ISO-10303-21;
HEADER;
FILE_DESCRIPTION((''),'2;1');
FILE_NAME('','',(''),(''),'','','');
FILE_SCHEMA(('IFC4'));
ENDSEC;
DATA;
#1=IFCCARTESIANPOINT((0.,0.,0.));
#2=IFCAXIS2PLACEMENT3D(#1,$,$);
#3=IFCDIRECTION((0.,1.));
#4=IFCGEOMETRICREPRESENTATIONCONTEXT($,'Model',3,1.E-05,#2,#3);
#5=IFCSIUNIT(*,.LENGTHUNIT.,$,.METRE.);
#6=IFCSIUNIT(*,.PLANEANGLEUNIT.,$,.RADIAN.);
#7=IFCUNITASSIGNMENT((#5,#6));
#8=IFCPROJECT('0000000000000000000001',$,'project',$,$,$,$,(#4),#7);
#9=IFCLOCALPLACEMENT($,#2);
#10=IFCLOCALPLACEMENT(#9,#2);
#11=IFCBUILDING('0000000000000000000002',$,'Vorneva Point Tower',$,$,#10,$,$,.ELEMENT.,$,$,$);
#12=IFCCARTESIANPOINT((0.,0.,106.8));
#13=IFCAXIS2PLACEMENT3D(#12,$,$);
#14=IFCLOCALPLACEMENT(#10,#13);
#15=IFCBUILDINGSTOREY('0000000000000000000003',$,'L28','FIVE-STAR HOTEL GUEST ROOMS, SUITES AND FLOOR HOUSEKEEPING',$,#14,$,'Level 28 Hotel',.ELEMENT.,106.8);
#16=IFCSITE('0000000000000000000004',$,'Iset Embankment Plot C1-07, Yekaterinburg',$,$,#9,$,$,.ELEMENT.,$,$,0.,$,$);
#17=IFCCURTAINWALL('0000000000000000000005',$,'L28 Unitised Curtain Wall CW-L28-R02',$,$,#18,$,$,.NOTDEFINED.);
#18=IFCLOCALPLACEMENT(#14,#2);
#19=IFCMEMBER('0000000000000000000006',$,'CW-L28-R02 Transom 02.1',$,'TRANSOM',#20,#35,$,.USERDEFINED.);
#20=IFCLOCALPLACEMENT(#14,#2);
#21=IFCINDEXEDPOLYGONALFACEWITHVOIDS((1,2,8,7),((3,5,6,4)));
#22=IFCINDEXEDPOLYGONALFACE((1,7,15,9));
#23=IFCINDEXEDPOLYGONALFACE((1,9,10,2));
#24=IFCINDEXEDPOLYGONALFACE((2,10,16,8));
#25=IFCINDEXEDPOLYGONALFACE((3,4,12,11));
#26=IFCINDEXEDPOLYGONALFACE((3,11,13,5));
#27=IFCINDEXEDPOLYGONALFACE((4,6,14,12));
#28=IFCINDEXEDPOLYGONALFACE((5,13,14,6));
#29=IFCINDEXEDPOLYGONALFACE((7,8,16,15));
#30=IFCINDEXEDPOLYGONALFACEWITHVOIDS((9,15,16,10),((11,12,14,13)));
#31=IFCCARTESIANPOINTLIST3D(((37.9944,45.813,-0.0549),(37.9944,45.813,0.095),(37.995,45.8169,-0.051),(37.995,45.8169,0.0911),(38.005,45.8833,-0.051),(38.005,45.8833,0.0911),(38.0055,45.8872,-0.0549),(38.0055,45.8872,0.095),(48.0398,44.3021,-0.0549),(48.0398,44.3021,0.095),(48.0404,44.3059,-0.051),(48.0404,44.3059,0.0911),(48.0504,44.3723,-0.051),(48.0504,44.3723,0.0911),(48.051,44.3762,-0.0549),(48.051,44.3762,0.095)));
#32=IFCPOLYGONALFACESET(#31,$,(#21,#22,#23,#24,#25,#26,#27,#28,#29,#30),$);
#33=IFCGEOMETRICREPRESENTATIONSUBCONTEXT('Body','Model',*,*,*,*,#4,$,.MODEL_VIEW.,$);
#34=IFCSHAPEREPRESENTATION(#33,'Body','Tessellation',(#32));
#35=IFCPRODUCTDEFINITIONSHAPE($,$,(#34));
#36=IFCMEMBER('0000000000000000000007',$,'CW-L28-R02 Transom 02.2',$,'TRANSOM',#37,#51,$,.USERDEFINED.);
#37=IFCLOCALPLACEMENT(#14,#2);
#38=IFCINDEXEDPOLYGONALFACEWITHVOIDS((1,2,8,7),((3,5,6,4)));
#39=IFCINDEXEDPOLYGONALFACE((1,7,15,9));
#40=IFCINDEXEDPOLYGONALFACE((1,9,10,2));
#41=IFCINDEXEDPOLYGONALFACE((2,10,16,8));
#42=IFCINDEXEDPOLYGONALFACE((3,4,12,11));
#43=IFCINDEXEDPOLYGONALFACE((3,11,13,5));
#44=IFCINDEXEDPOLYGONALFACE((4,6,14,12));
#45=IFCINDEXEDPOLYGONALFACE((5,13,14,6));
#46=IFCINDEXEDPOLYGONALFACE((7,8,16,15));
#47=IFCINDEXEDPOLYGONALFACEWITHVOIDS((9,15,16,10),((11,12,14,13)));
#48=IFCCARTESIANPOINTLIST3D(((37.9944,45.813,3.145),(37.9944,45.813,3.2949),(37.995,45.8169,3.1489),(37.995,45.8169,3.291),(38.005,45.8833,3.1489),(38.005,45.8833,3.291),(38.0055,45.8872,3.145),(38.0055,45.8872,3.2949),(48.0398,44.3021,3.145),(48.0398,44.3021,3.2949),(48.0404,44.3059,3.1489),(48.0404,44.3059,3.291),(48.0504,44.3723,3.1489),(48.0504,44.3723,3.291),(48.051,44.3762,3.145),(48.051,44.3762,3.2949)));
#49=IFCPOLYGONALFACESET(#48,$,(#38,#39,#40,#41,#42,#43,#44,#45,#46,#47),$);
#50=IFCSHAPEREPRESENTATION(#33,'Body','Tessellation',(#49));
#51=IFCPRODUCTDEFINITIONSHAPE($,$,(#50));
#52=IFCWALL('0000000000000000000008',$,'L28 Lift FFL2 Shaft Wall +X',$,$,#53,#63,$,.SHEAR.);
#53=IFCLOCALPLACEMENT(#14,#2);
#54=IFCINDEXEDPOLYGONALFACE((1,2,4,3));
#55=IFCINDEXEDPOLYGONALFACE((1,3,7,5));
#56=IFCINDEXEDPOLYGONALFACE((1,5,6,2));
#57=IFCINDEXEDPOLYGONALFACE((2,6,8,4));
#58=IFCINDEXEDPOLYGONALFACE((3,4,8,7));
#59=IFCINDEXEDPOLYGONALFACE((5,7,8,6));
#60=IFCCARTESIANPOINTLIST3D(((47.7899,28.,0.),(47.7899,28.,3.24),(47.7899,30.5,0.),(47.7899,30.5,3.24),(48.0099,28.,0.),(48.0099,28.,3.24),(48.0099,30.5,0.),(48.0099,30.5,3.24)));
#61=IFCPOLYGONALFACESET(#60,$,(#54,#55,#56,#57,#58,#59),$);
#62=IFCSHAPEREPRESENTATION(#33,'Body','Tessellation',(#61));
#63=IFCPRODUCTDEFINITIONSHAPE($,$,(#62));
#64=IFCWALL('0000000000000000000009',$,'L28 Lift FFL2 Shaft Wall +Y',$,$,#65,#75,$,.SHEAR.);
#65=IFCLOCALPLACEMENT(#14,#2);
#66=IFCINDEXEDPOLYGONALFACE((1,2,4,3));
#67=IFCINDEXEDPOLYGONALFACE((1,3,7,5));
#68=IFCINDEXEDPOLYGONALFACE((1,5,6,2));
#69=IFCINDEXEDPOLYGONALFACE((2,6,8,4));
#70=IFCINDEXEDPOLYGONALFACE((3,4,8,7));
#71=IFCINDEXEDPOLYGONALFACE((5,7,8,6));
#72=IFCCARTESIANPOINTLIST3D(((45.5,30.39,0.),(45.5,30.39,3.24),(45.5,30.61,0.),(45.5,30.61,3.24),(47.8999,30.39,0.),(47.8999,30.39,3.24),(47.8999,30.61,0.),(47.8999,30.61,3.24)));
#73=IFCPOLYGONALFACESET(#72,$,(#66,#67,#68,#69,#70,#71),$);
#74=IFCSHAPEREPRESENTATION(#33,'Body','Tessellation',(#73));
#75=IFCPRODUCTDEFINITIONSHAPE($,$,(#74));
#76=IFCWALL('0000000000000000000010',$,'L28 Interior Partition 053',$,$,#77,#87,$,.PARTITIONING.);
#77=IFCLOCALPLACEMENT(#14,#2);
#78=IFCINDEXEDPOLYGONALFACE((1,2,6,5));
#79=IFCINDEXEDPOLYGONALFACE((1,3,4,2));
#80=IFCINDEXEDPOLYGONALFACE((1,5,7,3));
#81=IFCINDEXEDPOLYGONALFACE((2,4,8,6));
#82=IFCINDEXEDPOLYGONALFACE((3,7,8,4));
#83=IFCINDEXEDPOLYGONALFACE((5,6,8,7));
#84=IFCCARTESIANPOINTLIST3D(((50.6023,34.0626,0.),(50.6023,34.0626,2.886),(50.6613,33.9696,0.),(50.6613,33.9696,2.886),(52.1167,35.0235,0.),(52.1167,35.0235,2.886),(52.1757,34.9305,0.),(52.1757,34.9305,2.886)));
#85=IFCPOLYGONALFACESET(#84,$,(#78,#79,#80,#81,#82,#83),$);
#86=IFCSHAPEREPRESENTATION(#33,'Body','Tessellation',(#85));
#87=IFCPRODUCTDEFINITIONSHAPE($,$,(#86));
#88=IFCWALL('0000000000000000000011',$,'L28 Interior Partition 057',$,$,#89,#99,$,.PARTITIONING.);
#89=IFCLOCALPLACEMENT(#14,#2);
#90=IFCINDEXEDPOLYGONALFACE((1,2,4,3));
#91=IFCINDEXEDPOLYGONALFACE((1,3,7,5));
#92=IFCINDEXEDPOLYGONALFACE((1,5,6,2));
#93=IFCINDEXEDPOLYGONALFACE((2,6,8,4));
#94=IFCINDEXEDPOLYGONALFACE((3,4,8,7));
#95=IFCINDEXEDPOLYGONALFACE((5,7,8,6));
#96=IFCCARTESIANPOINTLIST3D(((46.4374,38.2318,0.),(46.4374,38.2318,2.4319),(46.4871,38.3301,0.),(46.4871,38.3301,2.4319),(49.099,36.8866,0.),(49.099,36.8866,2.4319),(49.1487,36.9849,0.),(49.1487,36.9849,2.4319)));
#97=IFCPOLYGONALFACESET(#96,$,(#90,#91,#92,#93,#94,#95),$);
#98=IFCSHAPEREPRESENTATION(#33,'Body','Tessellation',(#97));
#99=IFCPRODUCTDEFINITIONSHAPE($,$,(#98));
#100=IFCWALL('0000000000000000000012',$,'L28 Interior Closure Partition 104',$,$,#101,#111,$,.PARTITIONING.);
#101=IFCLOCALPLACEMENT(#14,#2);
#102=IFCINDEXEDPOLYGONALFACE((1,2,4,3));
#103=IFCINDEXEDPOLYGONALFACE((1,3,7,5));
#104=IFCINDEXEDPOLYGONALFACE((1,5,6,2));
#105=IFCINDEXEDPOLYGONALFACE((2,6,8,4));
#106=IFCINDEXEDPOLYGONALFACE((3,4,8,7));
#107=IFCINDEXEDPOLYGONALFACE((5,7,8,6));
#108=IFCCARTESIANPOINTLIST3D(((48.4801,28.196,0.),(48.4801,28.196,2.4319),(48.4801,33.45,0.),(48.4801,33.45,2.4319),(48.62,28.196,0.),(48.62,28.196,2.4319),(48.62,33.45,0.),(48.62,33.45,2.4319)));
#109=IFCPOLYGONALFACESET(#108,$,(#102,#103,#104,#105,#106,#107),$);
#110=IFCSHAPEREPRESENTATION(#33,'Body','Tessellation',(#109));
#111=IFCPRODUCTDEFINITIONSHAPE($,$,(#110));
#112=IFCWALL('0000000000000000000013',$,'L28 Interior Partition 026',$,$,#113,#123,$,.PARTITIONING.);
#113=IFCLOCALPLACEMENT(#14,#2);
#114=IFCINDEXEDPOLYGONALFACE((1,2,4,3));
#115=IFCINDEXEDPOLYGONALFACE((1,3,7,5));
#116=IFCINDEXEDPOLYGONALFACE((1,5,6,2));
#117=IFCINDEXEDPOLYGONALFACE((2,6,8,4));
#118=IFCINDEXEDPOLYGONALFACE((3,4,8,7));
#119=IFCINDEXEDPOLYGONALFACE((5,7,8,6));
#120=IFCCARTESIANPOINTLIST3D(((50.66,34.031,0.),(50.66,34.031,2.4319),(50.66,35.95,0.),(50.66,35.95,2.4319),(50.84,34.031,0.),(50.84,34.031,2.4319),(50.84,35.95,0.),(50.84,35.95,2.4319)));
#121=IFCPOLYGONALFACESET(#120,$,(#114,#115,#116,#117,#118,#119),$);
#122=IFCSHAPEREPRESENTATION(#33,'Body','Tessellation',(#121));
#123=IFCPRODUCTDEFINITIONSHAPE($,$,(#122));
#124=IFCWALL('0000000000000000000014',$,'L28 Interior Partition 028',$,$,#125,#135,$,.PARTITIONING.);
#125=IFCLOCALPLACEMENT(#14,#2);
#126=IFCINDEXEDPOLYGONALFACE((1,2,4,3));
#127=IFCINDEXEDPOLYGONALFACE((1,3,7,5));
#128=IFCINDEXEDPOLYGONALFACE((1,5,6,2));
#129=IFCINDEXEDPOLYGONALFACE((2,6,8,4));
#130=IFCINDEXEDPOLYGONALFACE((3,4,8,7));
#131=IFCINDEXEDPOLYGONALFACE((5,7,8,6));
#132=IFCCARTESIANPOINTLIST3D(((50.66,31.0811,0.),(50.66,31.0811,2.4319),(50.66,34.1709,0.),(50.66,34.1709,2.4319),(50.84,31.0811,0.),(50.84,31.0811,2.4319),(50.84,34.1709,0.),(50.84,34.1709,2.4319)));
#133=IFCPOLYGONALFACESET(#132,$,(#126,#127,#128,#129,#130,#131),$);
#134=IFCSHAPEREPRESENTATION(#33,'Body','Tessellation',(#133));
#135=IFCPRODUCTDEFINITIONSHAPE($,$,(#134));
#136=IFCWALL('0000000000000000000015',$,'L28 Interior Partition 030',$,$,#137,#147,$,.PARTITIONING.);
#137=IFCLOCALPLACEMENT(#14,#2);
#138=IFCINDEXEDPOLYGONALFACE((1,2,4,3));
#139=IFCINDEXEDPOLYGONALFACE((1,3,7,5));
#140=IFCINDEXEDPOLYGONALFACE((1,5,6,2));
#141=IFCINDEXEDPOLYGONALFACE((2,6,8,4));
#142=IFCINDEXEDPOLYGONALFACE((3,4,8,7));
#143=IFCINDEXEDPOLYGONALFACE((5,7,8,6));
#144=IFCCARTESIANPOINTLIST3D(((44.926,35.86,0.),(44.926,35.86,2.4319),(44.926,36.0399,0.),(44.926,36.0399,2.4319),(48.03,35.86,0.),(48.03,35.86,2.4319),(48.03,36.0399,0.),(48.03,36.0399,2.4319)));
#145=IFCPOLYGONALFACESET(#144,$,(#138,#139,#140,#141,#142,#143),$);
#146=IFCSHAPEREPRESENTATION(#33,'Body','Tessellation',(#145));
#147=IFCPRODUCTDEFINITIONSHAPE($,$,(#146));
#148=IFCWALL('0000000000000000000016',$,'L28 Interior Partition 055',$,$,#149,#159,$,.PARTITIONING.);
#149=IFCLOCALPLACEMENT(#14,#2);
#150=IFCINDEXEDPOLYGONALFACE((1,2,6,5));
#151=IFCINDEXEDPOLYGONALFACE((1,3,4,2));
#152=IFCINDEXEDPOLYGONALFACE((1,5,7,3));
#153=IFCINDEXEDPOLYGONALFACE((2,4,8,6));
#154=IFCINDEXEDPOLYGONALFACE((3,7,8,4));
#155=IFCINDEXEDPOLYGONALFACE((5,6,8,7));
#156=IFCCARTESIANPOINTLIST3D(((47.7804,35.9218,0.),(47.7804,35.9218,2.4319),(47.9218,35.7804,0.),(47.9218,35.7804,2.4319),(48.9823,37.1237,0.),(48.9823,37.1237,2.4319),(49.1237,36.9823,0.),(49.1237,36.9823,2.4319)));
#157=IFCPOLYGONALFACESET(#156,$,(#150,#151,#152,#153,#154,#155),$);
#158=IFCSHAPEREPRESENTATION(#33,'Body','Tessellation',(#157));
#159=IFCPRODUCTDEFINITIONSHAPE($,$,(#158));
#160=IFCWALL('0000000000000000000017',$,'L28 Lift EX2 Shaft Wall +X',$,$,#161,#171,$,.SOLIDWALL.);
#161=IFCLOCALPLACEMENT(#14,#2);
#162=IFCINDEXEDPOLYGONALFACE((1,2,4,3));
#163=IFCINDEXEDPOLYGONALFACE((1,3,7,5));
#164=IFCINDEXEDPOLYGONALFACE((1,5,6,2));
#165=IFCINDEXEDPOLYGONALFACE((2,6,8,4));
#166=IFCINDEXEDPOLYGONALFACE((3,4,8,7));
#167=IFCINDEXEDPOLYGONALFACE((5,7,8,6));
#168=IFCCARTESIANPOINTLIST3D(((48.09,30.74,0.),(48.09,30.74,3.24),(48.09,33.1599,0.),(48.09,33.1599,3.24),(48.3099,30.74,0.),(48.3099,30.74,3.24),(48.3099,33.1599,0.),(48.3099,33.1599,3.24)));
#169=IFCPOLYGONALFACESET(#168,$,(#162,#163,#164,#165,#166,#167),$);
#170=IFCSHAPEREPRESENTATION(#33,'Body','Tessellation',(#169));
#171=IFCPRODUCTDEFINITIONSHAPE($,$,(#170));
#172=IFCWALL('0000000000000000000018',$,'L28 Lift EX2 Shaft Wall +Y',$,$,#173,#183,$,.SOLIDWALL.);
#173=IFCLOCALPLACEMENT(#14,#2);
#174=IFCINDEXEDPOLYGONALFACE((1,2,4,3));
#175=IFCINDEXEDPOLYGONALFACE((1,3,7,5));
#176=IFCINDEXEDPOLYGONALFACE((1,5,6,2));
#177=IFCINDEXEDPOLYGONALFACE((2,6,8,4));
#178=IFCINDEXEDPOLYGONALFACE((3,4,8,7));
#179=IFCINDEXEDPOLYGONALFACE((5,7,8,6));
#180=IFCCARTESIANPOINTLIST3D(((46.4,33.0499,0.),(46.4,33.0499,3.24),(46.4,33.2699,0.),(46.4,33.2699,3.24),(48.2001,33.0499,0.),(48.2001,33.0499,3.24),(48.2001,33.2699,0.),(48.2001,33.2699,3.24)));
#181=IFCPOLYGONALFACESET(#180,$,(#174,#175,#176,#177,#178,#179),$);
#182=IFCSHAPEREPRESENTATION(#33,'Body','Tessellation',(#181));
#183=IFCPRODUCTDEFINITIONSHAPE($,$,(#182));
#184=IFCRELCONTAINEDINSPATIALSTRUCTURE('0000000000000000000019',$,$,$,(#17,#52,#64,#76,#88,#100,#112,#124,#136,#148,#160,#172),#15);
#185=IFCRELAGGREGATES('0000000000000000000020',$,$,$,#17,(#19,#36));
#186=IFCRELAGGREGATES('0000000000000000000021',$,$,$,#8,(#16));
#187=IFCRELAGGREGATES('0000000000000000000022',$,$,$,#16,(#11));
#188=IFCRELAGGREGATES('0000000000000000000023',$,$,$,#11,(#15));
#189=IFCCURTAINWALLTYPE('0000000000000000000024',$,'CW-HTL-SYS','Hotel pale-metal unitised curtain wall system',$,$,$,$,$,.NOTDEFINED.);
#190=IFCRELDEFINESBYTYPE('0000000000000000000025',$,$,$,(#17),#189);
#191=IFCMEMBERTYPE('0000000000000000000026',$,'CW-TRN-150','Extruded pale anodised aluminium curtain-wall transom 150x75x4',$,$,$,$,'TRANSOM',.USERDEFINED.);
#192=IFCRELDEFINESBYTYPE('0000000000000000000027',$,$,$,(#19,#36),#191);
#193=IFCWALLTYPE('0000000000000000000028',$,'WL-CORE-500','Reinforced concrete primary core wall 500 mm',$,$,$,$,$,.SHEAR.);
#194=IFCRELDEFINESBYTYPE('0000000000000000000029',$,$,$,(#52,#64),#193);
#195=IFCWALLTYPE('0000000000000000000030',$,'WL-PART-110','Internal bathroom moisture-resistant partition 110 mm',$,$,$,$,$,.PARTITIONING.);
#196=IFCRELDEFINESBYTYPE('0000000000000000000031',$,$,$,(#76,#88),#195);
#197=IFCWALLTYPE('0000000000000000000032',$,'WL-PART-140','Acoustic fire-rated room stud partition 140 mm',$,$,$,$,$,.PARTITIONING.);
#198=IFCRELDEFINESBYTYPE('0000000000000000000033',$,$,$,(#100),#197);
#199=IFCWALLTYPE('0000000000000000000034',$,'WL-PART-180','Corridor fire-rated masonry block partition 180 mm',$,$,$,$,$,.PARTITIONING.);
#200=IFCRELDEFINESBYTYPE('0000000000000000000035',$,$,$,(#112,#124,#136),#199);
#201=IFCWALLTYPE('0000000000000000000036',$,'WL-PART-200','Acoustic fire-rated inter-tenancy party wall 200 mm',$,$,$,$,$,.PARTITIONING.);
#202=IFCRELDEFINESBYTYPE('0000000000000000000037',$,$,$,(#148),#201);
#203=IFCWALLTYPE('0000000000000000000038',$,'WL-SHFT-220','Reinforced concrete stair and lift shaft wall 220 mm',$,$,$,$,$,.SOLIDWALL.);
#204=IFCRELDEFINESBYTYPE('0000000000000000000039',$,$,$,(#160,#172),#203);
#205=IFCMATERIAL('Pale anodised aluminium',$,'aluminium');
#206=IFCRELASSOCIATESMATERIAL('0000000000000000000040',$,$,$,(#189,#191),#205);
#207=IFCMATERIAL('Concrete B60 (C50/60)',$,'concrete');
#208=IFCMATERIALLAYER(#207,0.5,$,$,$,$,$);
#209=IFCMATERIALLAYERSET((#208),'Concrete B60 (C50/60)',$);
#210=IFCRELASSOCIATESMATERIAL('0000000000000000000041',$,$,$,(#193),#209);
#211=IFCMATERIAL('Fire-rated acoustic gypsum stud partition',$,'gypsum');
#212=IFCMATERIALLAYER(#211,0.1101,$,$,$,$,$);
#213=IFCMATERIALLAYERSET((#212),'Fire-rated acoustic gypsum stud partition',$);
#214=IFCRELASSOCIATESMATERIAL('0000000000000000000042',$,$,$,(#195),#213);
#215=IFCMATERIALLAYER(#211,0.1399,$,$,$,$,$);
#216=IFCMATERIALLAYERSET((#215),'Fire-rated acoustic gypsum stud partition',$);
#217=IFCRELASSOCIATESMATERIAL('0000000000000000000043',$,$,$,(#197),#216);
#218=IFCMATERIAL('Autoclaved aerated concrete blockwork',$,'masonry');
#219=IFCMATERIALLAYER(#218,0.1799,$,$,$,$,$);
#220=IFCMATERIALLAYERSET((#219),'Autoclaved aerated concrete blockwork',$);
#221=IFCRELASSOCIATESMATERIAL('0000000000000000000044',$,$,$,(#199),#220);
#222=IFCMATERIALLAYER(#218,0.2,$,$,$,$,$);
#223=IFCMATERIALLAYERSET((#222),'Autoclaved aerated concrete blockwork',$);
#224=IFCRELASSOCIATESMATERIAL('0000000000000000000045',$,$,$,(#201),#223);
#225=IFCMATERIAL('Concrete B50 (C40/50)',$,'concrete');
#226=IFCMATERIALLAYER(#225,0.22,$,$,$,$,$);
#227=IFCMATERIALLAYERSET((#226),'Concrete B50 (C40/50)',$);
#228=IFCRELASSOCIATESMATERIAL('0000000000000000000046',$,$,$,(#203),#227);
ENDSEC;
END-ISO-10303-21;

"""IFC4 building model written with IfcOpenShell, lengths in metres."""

from ifc_helpers import new_model, si_unit, direction, frame, frame_2d, origin, origin_2d, place, context, subcontext, project, spatial, rectangle, hollow_rectangle, extrude, material, layer, layer_set, material_profile, profile_set, type_object, element, aggregate, save


model = new_model("IFC4")

# Units and contexts
model_context = context("Model", 3, precision=1e-05, world=origin(), true_north=direction((0.0, 1.0)))
body_context = subcontext(model_context, "Body", "Model", "MODEL_VIEW")
ifc_project = project(units=[si_unit("LENGTHUNIT", "METRE"), si_unit("PLANEANGLEUNIT", "RADIAN")], contexts=[model_context])

# Site, building, storey
site_placement = place(None, origin())
site = spatial("IfcSite", under=ifc_project, at=site_placement, Name="Iset Embankment Plot C1-07, Yekaterinburg", CompositionType="ELEMENT", RefElevation=0.0)
building_placement = place(site_placement, origin())
building = spatial("IfcBuilding", under=site, at=building_placement, Name="Vorneva Point Tower", CompositionType="ELEMENT")
storey_placement = place(building_placement, frame((0.0, 0.0, 106.8)))
storey = spatial("IfcBuildingStorey", under=building, at=storey_placement, Name="L28", Description="FIVE-STAR HOTEL GUEST ROOMS, SUITES AND FLOOR HOUSEKEEPING", LongName="Level 28 Hotel", CompositionType="ELEMENT", Elevation=106.8)

# Shared definitions
ifc_material_1 = material(Name="Concrete B60 (C50/60)", Category="concrete")

# Curtain wall, members
ifc_material_2 = material(Name="Pale anodised aluminium", Category="aluminium")
curtain_wall_type = type_object("IfcCurtainWallType", Name="CW-HTL-SYS", Description="Hotel pale-metal unitised curtain wall system", PredefinedType="NOTDEFINED", material=ifc_material_2)
curtain_wall_placement = place(storey_placement, origin())
curtain_wall = element("IfcCurtainWall", 1, at=curtain_wall_placement, inside=storey, type_object=curtain_wall_type, Name="L28 Unitised Curtain Wall CW-L28-R02", PredefinedType="NOTDEFINED")
ifc_material_profile_1 = material_profile(ifc_material_2, hollow_rectangle(XDim=0.075, YDim=0.1499, WallThickness=0.0039, at=origin_2d()), Name="AL-TRN 150x75x4")
ifc_profile_set_1 = profile_set([ifc_material_profile_1], Name="Pale anodised aluminium")
member_type_1 = type_object("IfcMemberType", Name="CW-TRN-150", Description="Extruded pale anodised aluminium curtain-wall transom 150x75x4", ElementType="TRANSOM", PredefinedType="USERDEFINED", material=ifc_profile_set_1)
member_1_placement = place(storey_placement, frame((48.0454, 44.3391, 0.02), z_axis=(-0.988876, 0.148742, 0.0), x_axis=(-0.148742, -0.988876, 0.0)))
member_1 = element("IfcMember", 2, at=member_1_placement, type_object=member_type_1, Name="CW-L28-R02 Transom 02.1", ObjectType="TRANSOM", PredefinedType="USERDEFINED", context=body_context, shape_type="SweptSolid", body=[
    extrude(hollow_rectangle(XDim=0.075, YDim=0.1499, WallThickness=0.0039, at=origin_2d()), origin(), (0.0, 0.0, 1.0), 10.1584),
])
member_2_placement = place(storey_placement, frame((48.0454, 44.3391, 3.22), z_axis=(-0.988876, 0.148742, 0.0), x_axis=(-0.148742, -0.988876, 0.0)))
member_2 = element("IfcMember", 3, at=member_2_placement, type_object=member_type_1, Name="CW-L28-R02 Transom 02.2", ObjectType="TRANSOM", PredefinedType="USERDEFINED", context=body_context, shape_type="SweptSolid", body=[
    extrude(hollow_rectangle(XDim=0.075, YDim=0.1499, WallThickness=0.0039, at=origin_2d()), origin(), (0.0, 0.0, 1.0), 10.1584),
])
aggregate(curtain_wall, [member_1, member_2])

# Walls
ifc_layer_1 = layer(ifc_material_1, 0.5)
ifc_layer_set_1 = layer_set([ifc_layer_1], Name="Concrete B60 (C50/60)")
wall_type_1 = type_object("IfcWallType", Name="WL-CORE-500", Description="Reinforced concrete primary core wall 500 mm", PredefinedType="SHEAR", material=ifc_layer_set_1)
wall_1_placement = place(storey_placement, frame((47.8999, 28.0, 0.0), z_axis=(0.0, 0.0, 1.0), x_axis=(0.0, 1.0, 0.0)))
element("IfcWall", 4, at=wall_1_placement, inside=storey, type_object=wall_type_1, Name="L28 Lift FFL2 Shaft Wall +X", PredefinedType="SHEAR", context=body_context, shape_type="SweptSolid", body=[
    extrude(rectangle(XDim=2.5, YDim=0.22, at=frame_2d((1.25, 0.0))), origin(), (0.0, 0.0, 1.0), 3.24),
])
wall_2_placement = place(storey_placement, frame((47.8999, 30.5, 0.0), z_axis=(0.0, 0.0, 1.0), x_axis=(-1.0, 0.0, 0.0)))
element("IfcWall", 5, at=wall_2_placement, inside=storey, type_object=wall_type_1, Name="L28 Lift FFL2 Shaft Wall +Y", PredefinedType="SHEAR", context=body_context, shape_type="SweptSolid", body=[
    extrude(rectangle(XDim=2.3999, YDim=0.22, at=frame_2d((1.2, 0.0))), origin(), (0.0, 0.0, 1.0), 3.24),
])
ifc_material_3 = material(Name="Fire-rated acoustic gypsum stud partition", Category="gypsum")
ifc_layer_2 = layer(ifc_material_3, 0.1101)
ifc_layer_set_2 = layer_set([ifc_layer_2], Name="Fire-rated acoustic gypsum stud partition")
wall_type_2 = type_object("IfcWallType", Name="WL-PART-110", Description="Internal bathroom moisture-resistant partition 110 mm", PredefinedType="PARTITIONING", material=ifc_layer_set_2)
wall_3_placement = place(storey_placement, frame((50.6318, 34.0161, 0.0), z_axis=(0.0, 0.0, 1.0), x_axis=(0.844361, 0.535774, 0.0)))
element("IfcWall", 6, at=wall_3_placement, inside=storey, type_object=wall_type_2, Name="L28 Interior Partition 053", PredefinedType="PARTITIONING", context=body_context, shape_type="SweptSolid", body=[
    extrude(rectangle(XDim=1.7935, YDim=0.1101, at=frame_2d((0.8967, 0.0))), origin(), (0.0, 0.0, 1.0), 2.886),
])
wall_4_placement = place(storey_placement, frame((46.4622, 38.281, 0.0), z_axis=(0.0, 0.0, 1.0), x_axis=(0.892487, -0.451073, 0.0)))
element("IfcWall", 7, at=wall_4_placement, inside=storey, type_object=wall_type_2, Name="L28 Interior Partition 057", PredefinedType="PARTITIONING", context=body_context, shape_type="SweptSolid", body=[
    extrude(rectangle(XDim=2.9822, YDim=0.1101, at=frame_2d((1.4912, 0.0))), origin(), (0.0, 0.0, 1.0), 2.4319),
])
ifc_layer_3 = layer(ifc_material_3, 0.1399)
ifc_layer_set_3 = layer_set([ifc_layer_3], Name="Fire-rated acoustic gypsum stud partition")
wall_type_3 = type_object("IfcWallType", Name="WL-PART-140", Description="Acoustic fire-rated room stud partition 140 mm", PredefinedType="PARTITIONING", material=ifc_layer_set_3)
wall_5_placement = place(storey_placement, frame((48.55, 33.45, 0.0), z_axis=(0.0, 0.0, 1.0), x_axis=(0.0, -1.0, 0.0)))
element("IfcWall", 8, at=wall_5_placement, inside=storey, type_object=wall_type_3, Name="L28 Interior Closure Partition 104", PredefinedType="PARTITIONING", context=body_context, shape_type="SweptSolid", body=[
    extrude(rectangle(XDim=5.2539, YDim=0.1399, at=frame_2d((2.627, 0.0))), origin(), (0.0, 0.0, 1.0), 2.4319),
])
ifc_material_4 = material(Name="Autoclaved aerated concrete blockwork", Category="masonry")
ifc_layer_4 = layer(ifc_material_4, 0.1799)
ifc_layer_set_4 = layer_set([ifc_layer_4], Name="Autoclaved aerated concrete blockwork")
wall_type_4 = type_object("IfcWallType", Name="WL-PART-180", Description="Corridor fire-rated masonry block partition 180 mm", PredefinedType="PARTITIONING", material=ifc_layer_set_4)
wall_6_placement = place(storey_placement, frame((50.75, 34.031, 0.0), z_axis=(0.0, 0.0, 1.0), x_axis=(0.0, 1.0, 0.0)))
element("IfcWall", 9, at=wall_6_placement, inside=storey, type_object=wall_type_4, Name="L28 Interior Partition 026", PredefinedType="PARTITIONING", context=body_context, shape_type="SweptSolid", body=[
    extrude(rectangle(XDim=1.9189, YDim=0.1799, at=frame_2d((0.9595, 0.0))), origin(), (0.0, 0.0, 1.0), 2.4319),
])
wall_7_placement = place(storey_placement, frame((50.75, 31.0811, 0.0), z_axis=(0.0, 0.0, 1.0), x_axis=(0.0, 1.0, 0.0)))
element("IfcWall", 10, at=wall_7_placement, inside=storey, type_object=wall_type_4, Name="L28 Interior Partition 028", PredefinedType="PARTITIONING", context=body_context, shape_type="SweptSolid", body=[
    extrude(rectangle(XDim=3.0898, YDim=0.1799, at=frame_2d((1.5449, 0.0))), origin(), (0.0, 0.0, 1.0), 2.4319),
])
wall_8_placement = place(storey_placement, frame((48.03, 35.95, 0.0), z_axis=(0.0, 0.0, 1.0), x_axis=(-1.0, 0.0, 0.0)))
element("IfcWall", 11, at=wall_8_placement, inside=storey, type_object=wall_type_4, Name="L28 Interior Partition 030", PredefinedType="PARTITIONING", context=body_context, shape_type="SweptSolid", body=[
    extrude(rectangle(XDim=3.104, YDim=0.1799, at=frame_2d((1.552, 0.0))), origin(), (0.0, 0.0, 1.0), 2.4319),
])
ifc_layer_5 = layer(ifc_material_4, 0.2)
ifc_layer_set_5 = layer_set([ifc_layer_5], Name="Autoclaved aerated concrete blockwork")
wall_type_5 = type_object("IfcWallType", Name="WL-PART-200", Description="Acoustic fire-rated inter-tenancy party wall 200 mm", PredefinedType="PARTITIONING", material=ifc_layer_set_5)
wall_9_placement = place(storey_placement, frame((49.053, 37.053, 0.0), z_axis=(0.0, 0.0, 1.0), x_axis=(-0.707107, -0.707107, 0.0)))
element("IfcWall", 12, at=wall_9_placement, inside=storey, type_object=wall_type_5, Name="L28 Interior Partition 055", PredefinedType="PARTITIONING", context=body_context, shape_type="SweptSolid", body=[
    extrude(rectangle(XDim=1.6997, YDim=0.2, at=frame_2d((0.8499, 0.0))), origin(), (0.0, 0.0, 1.0), 2.4319),
])
ifc_material_5 = material(Name="Concrete B50 (C40/50)", Category="concrete")
ifc_layer_6 = layer(ifc_material_5, 0.22)
ifc_layer_set_6 = layer_set([ifc_layer_6], Name="Concrete B50 (C40/50)")
wall_type_6 = type_object("IfcWallType", Name="WL-SHFT-220", Description="Reinforced concrete stair and lift shaft wall 220 mm", PredefinedType="SOLIDWALL", material=ifc_layer_set_6)
wall_10_placement = place(storey_placement, frame((48.2, 30.74, 0.0), z_axis=(0.0, 0.0, 1.0), x_axis=(0.0, 1.0, 0.0)))
element("IfcWall", 13, at=wall_10_placement, inside=storey, type_object=wall_type_6, Name="L28 Lift EX2 Shaft Wall +X", PredefinedType="SOLIDWALL", context=body_context, shape_type="SweptSolid", body=[
    extrude(rectangle(XDim=2.4199, YDim=0.22, at=frame_2d((1.21, 0.0))), origin(), (0.0, 0.0, 1.0), 3.24),
])
wall_11_placement = place(storey_placement, frame((48.2, 33.1599, 0.0), z_axis=(0.0, 0.0, 1.0), x_axis=(-1.0, 0.0, 0.0)))
element("IfcWall", 14, at=wall_11_placement, inside=storey, type_object=wall_type_6, Name="L28 Lift EX2 Shaft Wall +Y", PredefinedType="SOLIDWALL", context=body_context, shape_type="SweptSolid", body=[
    extrude(rectangle(XDim=1.8, YDim=0.22, at=frame_2d((0.8999, 0.0))), origin(), (0.0, 0.0, 1.0), 3.24),
])

save(model, "model.ifc")
